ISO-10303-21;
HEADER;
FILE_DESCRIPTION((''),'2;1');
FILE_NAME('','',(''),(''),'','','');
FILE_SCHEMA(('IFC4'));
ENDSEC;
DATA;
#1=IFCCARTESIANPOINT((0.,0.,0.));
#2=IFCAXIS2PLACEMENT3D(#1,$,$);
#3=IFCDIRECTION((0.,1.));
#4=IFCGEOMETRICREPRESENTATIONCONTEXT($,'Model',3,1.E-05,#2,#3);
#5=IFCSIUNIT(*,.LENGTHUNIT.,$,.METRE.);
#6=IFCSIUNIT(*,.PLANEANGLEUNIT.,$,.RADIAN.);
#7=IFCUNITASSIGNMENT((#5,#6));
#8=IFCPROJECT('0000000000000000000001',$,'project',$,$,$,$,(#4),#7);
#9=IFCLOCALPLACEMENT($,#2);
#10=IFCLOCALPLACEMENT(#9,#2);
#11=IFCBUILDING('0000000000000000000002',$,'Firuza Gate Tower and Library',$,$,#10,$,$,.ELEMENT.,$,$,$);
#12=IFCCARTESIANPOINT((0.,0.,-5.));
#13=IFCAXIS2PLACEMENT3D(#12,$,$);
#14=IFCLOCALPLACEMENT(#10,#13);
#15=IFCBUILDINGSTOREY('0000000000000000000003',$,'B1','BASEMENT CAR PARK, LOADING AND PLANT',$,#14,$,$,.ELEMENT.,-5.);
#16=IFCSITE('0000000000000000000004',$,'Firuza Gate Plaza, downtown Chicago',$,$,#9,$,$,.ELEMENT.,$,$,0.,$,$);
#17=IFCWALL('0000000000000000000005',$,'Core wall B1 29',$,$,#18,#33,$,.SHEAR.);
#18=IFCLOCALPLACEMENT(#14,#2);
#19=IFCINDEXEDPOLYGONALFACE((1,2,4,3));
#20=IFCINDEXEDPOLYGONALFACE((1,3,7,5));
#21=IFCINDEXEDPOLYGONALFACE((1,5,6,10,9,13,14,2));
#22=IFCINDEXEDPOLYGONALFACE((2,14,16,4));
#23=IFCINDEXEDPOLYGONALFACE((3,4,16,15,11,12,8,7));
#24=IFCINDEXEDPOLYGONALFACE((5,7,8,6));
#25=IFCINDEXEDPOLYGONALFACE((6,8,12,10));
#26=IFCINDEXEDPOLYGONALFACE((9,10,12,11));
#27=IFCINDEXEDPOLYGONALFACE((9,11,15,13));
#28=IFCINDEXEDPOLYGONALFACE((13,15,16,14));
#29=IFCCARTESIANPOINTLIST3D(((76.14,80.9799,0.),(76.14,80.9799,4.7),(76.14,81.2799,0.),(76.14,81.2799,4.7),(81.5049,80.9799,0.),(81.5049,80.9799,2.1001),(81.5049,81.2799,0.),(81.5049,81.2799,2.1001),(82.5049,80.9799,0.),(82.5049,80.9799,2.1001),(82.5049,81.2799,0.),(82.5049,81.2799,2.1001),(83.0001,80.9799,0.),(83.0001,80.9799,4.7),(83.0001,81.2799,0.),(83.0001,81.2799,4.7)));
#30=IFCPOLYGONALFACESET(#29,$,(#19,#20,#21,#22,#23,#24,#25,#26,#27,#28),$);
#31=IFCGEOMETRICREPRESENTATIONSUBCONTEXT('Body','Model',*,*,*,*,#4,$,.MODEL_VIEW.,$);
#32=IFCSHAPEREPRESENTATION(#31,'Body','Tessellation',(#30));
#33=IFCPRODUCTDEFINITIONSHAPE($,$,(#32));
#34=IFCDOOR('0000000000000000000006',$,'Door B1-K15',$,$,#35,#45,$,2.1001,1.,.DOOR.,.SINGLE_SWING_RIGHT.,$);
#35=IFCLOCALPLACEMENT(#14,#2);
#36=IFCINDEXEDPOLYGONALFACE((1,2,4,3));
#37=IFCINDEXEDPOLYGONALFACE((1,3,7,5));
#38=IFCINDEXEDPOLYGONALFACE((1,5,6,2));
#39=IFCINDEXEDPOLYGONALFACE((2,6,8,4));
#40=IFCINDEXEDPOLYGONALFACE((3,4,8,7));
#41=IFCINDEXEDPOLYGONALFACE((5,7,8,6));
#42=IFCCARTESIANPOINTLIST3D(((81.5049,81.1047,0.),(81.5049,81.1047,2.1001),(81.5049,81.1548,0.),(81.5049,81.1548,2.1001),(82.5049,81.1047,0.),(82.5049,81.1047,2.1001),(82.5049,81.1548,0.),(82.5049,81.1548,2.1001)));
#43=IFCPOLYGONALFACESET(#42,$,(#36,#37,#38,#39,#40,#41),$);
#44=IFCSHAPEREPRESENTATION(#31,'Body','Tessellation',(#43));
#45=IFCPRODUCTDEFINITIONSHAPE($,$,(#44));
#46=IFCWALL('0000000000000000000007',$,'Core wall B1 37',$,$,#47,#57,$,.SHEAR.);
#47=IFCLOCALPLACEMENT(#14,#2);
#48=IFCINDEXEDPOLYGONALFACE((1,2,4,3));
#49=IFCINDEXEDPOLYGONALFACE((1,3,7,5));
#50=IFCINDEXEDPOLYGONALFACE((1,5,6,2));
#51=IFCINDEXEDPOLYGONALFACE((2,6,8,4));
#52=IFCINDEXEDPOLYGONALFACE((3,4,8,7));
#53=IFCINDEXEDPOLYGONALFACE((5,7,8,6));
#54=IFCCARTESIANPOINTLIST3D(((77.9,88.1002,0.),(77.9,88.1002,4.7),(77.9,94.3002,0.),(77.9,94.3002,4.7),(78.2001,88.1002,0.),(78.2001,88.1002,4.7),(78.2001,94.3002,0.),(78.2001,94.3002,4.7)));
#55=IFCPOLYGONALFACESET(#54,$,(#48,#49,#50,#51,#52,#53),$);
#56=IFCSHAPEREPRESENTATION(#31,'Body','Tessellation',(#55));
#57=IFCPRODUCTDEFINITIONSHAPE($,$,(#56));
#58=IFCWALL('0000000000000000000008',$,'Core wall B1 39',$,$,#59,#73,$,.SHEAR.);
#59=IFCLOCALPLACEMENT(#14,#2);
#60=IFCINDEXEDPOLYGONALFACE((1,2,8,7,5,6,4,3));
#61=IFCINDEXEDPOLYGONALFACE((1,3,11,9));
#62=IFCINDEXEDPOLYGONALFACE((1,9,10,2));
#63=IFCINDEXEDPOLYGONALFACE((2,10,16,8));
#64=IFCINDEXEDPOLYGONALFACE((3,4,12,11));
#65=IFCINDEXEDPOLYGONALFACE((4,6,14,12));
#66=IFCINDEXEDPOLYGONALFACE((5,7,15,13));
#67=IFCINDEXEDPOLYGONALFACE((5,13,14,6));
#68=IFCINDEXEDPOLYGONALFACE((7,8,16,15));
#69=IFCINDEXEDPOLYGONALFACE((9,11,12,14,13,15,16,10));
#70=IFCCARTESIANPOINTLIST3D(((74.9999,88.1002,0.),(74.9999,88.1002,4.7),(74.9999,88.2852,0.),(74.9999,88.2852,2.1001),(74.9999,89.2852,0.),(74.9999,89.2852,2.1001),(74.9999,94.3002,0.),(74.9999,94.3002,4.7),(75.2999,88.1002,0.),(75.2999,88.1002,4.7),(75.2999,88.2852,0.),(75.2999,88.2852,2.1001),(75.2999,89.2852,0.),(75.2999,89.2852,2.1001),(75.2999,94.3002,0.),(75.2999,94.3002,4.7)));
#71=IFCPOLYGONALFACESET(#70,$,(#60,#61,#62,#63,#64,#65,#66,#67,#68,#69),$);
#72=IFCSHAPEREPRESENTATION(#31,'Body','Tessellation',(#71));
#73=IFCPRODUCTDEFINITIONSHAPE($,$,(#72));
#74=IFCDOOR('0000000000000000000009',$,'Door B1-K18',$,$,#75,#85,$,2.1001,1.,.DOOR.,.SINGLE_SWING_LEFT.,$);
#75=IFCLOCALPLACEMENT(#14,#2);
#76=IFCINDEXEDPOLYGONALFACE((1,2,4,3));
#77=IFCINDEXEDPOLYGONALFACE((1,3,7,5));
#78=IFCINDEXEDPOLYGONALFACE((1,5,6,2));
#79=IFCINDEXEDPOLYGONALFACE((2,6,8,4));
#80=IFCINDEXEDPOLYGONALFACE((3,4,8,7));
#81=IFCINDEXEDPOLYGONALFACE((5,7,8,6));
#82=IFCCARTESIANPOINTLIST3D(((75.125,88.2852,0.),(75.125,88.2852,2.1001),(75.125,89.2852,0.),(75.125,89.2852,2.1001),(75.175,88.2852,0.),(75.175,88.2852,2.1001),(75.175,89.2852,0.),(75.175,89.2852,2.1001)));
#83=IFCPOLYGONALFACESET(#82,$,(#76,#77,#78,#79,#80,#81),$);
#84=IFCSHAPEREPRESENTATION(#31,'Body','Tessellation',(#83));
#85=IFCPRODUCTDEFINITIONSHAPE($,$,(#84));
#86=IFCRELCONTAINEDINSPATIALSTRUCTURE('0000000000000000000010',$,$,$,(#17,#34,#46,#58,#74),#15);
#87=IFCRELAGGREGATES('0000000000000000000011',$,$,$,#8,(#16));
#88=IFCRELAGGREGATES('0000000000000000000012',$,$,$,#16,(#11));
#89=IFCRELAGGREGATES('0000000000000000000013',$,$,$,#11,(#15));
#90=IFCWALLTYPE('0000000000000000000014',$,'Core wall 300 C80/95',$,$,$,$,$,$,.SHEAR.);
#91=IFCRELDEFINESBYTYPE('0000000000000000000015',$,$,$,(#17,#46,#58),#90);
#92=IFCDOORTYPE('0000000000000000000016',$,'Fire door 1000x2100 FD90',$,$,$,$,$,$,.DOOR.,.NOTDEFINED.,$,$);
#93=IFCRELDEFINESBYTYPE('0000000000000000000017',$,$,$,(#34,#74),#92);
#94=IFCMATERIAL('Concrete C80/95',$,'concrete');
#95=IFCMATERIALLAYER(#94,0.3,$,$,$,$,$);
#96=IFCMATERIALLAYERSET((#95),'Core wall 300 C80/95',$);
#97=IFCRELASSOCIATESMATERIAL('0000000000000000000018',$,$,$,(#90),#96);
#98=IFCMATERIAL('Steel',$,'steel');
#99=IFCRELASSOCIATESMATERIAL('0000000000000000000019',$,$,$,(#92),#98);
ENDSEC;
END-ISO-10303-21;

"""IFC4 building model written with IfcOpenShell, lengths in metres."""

from ifc_helpers import new_model, si_unit, direction, frame, frame_2d, origin, place, context, subcontext, project, spatial, rectangle, extrude, material, layer, layer_set, type_object, element, fill, save


model = new_model("IFC4")

# Units and contexts
model_context = context("Model", 3, precision=1e-05, world=origin(), true_north=direction((0.0, 1.0)))
body_context = subcontext(model_context, "Body", "Model", "MODEL_VIEW")
ifc_project = project(units=[si_unit("LENGTHUNIT", "METRE"), si_unit("PLANEANGLEUNIT", "RADIAN")], contexts=[model_context])

# Site, building, storey
site_placement = place(None, origin())
site = spatial("IfcSite", under=ifc_project, at=site_placement, Name="Firuza Gate Plaza, downtown Chicago", CompositionType="ELEMENT", RefElevation=0.0)
building_placement = place(site_placement, origin())
building = spatial("IfcBuilding", under=site, at=building_placement, Name="Firuza Gate Tower and Library", CompositionType="ELEMENT")
storey_placement = place(building_placement, frame((0.0, 0.0, -5.0)))
storey = spatial("IfcBuildingStorey", under=building, at=storey_placement, Name="B1", Description="BASEMENT CAR PARK, LOADING AND PLANT", CompositionType="ELEMENT", Elevation=-5.0)

# Wall, opening, door
ifc_material_1 = material(Name="Concrete C80/95", Category="concrete")
ifc_layer_1 = layer(ifc_material_1, 0.3)
ifc_layer_set_1 = layer_set([ifc_layer_1], Name="Core wall 300 C80/95")
wall_type_1 = type_object("IfcWallType", Name="Core wall 300 C80/95", PredefinedType="SHEAR", material=ifc_layer_set_1)
wall_1_placement = place(storey_placement, frame((76.1399, 81.1299, 0.0), z_axis=(0.0, 0.0, 1.0), x_axis=(1.0, 0.0, 0.0)))
wall_1 = element("IfcWall", 1, at=wall_1_placement, inside=storey, type_object=wall_type_1, Name="Core wall B1 29", PredefinedType="SHEAR", context=body_context, shape_type="SweptSolid", body=[
    extrude(rectangle(XDim=6.8601, YDim=0.3, at=frame_2d((3.4302, 0.0))), origin(), (0.0, 0.0, 1.0), 4.7),
])
opening_1_placement = place(wall_1_placement, frame((5.365, 0.0, 0.0)))
opening_1 = element("IfcOpeningElement", 2, at=opening_1_placement, cuts=wall_1, PredefinedType="OPENING", context=body_context, shape_type="SweptSolid", body=[
    extrude(rectangle(XDim=1.0, YDim=2.1001, at=frame_2d((0.5, 1.05))), frame((0.0, 0.1602, 0.0), z_axis=(0.0, -1.0, 0.0), x_axis=(1.0, 0.0, 0.0)), (0.0, 0.0, 1.0), 0.3201),
])
ifc_material_2 = material(Name="Steel", Category="steel")
door_type = type_object("IfcDoorType", Name="Fire door 1000x2100 FD90", OperationType="NOTDEFINED", PredefinedType="DOOR", material=ifc_material_2)
door_1_placement = place(opening_1_placement, origin())
door_1 = element("IfcDoor", 3, at=door_1_placement, inside=storey, type_object=door_type, Name="Door B1-K15", OperationType="SINGLE_SWING_RIGHT", OverallHeight=2.1001, OverallWidth=1.0, PredefinedType="DOOR", context=body_context, shape_type="SweptSolid", body=[
    extrude(rectangle(XDim=1.0, YDim=2.1001, at=frame_2d((0.5, 1.05))), frame((0.0, 0.0249, 0.0), z_axis=(0.0, -1.0, 0.0), x_axis=(1.0, 0.0, 0.0)), (0.0, 0.0, 1.0), 0.05),
])
fill(opening_1, door_1)

# Wall
wall_2_placement = place(storey_placement, frame((78.05, 88.1001, 0.0), z_axis=(0.0, 0.0, 1.0), x_axis=(0.0, 1.0, 0.0)))
element("IfcWall", 4, at=wall_2_placement, inside=storey, type_object=wall_type_1, Name="Core wall B1 37", PredefinedType="SHEAR", context=body_context, shape_type="SweptSolid", body=[
    extrude(rectangle(XDim=6.2, YDim=0.3, at=frame_2d((3.1001, 0.0))), origin(), (0.0, 0.0, 1.0), 4.7),
])

# Wall, opening, door
wall_3_placement = place(storey_placement, frame((75.1499, 88.1001, 0.0), z_axis=(0.0, 0.0, 1.0), x_axis=(0.0, 1.0, 0.0)))
wall_3 = element("IfcWall", 5, at=wall_3_placement, inside=storey, type_object=wall_type_1, Name="Core wall B1 39", PredefinedType="SHEAR", context=body_context, shape_type="SweptSolid", body=[
    extrude(rectangle(XDim=6.2, YDim=0.3, at=frame_2d((3.1001, 0.0))), origin(), (0.0, 0.0, 1.0), 4.7),
])
opening_2_placement = place(wall_3_placement, frame((0.1851, 0.0, 0.0)))
opening_2 = element("IfcOpeningElement", 6, at=opening_2_placement, cuts=wall_3, PredefinedType="OPENING", context=body_context, shape_type="SweptSolid", body=[
    extrude(rectangle(XDim=1.0, YDim=2.1001, at=frame_2d((0.5, 1.05))), frame((0.0, 0.1602, 0.0), z_axis=(0.0, -1.0, 0.0), x_axis=(1.0, 0.0, 0.0)), (0.0, 0.0, 1.0), 0.3201),
])
door_2_placement = place(opening_2_placement, origin())
door_2 = element("IfcDoor", 7, at=door_2_placement, inside=storey, type_object=door_type, Name="Door B1-K18", OperationType="SINGLE_SWING_LEFT", OverallHeight=2.1001, OverallWidth=1.0, PredefinedType="DOOR", context=body_context, shape_type="SweptSolid", body=[
    extrude(rectangle(XDim=1.0, YDim=2.1001, at=frame_2d((0.5, 1.05))), frame((0.0, 0.0249, 0.0), z_axis=(0.0, -1.0, 0.0), x_axis=(1.0, 0.0, 0.0)), (0.0, 0.0, 1.0), 0.05),
])
fill(opening_2, door_2)

save(model, "model.ifc")
